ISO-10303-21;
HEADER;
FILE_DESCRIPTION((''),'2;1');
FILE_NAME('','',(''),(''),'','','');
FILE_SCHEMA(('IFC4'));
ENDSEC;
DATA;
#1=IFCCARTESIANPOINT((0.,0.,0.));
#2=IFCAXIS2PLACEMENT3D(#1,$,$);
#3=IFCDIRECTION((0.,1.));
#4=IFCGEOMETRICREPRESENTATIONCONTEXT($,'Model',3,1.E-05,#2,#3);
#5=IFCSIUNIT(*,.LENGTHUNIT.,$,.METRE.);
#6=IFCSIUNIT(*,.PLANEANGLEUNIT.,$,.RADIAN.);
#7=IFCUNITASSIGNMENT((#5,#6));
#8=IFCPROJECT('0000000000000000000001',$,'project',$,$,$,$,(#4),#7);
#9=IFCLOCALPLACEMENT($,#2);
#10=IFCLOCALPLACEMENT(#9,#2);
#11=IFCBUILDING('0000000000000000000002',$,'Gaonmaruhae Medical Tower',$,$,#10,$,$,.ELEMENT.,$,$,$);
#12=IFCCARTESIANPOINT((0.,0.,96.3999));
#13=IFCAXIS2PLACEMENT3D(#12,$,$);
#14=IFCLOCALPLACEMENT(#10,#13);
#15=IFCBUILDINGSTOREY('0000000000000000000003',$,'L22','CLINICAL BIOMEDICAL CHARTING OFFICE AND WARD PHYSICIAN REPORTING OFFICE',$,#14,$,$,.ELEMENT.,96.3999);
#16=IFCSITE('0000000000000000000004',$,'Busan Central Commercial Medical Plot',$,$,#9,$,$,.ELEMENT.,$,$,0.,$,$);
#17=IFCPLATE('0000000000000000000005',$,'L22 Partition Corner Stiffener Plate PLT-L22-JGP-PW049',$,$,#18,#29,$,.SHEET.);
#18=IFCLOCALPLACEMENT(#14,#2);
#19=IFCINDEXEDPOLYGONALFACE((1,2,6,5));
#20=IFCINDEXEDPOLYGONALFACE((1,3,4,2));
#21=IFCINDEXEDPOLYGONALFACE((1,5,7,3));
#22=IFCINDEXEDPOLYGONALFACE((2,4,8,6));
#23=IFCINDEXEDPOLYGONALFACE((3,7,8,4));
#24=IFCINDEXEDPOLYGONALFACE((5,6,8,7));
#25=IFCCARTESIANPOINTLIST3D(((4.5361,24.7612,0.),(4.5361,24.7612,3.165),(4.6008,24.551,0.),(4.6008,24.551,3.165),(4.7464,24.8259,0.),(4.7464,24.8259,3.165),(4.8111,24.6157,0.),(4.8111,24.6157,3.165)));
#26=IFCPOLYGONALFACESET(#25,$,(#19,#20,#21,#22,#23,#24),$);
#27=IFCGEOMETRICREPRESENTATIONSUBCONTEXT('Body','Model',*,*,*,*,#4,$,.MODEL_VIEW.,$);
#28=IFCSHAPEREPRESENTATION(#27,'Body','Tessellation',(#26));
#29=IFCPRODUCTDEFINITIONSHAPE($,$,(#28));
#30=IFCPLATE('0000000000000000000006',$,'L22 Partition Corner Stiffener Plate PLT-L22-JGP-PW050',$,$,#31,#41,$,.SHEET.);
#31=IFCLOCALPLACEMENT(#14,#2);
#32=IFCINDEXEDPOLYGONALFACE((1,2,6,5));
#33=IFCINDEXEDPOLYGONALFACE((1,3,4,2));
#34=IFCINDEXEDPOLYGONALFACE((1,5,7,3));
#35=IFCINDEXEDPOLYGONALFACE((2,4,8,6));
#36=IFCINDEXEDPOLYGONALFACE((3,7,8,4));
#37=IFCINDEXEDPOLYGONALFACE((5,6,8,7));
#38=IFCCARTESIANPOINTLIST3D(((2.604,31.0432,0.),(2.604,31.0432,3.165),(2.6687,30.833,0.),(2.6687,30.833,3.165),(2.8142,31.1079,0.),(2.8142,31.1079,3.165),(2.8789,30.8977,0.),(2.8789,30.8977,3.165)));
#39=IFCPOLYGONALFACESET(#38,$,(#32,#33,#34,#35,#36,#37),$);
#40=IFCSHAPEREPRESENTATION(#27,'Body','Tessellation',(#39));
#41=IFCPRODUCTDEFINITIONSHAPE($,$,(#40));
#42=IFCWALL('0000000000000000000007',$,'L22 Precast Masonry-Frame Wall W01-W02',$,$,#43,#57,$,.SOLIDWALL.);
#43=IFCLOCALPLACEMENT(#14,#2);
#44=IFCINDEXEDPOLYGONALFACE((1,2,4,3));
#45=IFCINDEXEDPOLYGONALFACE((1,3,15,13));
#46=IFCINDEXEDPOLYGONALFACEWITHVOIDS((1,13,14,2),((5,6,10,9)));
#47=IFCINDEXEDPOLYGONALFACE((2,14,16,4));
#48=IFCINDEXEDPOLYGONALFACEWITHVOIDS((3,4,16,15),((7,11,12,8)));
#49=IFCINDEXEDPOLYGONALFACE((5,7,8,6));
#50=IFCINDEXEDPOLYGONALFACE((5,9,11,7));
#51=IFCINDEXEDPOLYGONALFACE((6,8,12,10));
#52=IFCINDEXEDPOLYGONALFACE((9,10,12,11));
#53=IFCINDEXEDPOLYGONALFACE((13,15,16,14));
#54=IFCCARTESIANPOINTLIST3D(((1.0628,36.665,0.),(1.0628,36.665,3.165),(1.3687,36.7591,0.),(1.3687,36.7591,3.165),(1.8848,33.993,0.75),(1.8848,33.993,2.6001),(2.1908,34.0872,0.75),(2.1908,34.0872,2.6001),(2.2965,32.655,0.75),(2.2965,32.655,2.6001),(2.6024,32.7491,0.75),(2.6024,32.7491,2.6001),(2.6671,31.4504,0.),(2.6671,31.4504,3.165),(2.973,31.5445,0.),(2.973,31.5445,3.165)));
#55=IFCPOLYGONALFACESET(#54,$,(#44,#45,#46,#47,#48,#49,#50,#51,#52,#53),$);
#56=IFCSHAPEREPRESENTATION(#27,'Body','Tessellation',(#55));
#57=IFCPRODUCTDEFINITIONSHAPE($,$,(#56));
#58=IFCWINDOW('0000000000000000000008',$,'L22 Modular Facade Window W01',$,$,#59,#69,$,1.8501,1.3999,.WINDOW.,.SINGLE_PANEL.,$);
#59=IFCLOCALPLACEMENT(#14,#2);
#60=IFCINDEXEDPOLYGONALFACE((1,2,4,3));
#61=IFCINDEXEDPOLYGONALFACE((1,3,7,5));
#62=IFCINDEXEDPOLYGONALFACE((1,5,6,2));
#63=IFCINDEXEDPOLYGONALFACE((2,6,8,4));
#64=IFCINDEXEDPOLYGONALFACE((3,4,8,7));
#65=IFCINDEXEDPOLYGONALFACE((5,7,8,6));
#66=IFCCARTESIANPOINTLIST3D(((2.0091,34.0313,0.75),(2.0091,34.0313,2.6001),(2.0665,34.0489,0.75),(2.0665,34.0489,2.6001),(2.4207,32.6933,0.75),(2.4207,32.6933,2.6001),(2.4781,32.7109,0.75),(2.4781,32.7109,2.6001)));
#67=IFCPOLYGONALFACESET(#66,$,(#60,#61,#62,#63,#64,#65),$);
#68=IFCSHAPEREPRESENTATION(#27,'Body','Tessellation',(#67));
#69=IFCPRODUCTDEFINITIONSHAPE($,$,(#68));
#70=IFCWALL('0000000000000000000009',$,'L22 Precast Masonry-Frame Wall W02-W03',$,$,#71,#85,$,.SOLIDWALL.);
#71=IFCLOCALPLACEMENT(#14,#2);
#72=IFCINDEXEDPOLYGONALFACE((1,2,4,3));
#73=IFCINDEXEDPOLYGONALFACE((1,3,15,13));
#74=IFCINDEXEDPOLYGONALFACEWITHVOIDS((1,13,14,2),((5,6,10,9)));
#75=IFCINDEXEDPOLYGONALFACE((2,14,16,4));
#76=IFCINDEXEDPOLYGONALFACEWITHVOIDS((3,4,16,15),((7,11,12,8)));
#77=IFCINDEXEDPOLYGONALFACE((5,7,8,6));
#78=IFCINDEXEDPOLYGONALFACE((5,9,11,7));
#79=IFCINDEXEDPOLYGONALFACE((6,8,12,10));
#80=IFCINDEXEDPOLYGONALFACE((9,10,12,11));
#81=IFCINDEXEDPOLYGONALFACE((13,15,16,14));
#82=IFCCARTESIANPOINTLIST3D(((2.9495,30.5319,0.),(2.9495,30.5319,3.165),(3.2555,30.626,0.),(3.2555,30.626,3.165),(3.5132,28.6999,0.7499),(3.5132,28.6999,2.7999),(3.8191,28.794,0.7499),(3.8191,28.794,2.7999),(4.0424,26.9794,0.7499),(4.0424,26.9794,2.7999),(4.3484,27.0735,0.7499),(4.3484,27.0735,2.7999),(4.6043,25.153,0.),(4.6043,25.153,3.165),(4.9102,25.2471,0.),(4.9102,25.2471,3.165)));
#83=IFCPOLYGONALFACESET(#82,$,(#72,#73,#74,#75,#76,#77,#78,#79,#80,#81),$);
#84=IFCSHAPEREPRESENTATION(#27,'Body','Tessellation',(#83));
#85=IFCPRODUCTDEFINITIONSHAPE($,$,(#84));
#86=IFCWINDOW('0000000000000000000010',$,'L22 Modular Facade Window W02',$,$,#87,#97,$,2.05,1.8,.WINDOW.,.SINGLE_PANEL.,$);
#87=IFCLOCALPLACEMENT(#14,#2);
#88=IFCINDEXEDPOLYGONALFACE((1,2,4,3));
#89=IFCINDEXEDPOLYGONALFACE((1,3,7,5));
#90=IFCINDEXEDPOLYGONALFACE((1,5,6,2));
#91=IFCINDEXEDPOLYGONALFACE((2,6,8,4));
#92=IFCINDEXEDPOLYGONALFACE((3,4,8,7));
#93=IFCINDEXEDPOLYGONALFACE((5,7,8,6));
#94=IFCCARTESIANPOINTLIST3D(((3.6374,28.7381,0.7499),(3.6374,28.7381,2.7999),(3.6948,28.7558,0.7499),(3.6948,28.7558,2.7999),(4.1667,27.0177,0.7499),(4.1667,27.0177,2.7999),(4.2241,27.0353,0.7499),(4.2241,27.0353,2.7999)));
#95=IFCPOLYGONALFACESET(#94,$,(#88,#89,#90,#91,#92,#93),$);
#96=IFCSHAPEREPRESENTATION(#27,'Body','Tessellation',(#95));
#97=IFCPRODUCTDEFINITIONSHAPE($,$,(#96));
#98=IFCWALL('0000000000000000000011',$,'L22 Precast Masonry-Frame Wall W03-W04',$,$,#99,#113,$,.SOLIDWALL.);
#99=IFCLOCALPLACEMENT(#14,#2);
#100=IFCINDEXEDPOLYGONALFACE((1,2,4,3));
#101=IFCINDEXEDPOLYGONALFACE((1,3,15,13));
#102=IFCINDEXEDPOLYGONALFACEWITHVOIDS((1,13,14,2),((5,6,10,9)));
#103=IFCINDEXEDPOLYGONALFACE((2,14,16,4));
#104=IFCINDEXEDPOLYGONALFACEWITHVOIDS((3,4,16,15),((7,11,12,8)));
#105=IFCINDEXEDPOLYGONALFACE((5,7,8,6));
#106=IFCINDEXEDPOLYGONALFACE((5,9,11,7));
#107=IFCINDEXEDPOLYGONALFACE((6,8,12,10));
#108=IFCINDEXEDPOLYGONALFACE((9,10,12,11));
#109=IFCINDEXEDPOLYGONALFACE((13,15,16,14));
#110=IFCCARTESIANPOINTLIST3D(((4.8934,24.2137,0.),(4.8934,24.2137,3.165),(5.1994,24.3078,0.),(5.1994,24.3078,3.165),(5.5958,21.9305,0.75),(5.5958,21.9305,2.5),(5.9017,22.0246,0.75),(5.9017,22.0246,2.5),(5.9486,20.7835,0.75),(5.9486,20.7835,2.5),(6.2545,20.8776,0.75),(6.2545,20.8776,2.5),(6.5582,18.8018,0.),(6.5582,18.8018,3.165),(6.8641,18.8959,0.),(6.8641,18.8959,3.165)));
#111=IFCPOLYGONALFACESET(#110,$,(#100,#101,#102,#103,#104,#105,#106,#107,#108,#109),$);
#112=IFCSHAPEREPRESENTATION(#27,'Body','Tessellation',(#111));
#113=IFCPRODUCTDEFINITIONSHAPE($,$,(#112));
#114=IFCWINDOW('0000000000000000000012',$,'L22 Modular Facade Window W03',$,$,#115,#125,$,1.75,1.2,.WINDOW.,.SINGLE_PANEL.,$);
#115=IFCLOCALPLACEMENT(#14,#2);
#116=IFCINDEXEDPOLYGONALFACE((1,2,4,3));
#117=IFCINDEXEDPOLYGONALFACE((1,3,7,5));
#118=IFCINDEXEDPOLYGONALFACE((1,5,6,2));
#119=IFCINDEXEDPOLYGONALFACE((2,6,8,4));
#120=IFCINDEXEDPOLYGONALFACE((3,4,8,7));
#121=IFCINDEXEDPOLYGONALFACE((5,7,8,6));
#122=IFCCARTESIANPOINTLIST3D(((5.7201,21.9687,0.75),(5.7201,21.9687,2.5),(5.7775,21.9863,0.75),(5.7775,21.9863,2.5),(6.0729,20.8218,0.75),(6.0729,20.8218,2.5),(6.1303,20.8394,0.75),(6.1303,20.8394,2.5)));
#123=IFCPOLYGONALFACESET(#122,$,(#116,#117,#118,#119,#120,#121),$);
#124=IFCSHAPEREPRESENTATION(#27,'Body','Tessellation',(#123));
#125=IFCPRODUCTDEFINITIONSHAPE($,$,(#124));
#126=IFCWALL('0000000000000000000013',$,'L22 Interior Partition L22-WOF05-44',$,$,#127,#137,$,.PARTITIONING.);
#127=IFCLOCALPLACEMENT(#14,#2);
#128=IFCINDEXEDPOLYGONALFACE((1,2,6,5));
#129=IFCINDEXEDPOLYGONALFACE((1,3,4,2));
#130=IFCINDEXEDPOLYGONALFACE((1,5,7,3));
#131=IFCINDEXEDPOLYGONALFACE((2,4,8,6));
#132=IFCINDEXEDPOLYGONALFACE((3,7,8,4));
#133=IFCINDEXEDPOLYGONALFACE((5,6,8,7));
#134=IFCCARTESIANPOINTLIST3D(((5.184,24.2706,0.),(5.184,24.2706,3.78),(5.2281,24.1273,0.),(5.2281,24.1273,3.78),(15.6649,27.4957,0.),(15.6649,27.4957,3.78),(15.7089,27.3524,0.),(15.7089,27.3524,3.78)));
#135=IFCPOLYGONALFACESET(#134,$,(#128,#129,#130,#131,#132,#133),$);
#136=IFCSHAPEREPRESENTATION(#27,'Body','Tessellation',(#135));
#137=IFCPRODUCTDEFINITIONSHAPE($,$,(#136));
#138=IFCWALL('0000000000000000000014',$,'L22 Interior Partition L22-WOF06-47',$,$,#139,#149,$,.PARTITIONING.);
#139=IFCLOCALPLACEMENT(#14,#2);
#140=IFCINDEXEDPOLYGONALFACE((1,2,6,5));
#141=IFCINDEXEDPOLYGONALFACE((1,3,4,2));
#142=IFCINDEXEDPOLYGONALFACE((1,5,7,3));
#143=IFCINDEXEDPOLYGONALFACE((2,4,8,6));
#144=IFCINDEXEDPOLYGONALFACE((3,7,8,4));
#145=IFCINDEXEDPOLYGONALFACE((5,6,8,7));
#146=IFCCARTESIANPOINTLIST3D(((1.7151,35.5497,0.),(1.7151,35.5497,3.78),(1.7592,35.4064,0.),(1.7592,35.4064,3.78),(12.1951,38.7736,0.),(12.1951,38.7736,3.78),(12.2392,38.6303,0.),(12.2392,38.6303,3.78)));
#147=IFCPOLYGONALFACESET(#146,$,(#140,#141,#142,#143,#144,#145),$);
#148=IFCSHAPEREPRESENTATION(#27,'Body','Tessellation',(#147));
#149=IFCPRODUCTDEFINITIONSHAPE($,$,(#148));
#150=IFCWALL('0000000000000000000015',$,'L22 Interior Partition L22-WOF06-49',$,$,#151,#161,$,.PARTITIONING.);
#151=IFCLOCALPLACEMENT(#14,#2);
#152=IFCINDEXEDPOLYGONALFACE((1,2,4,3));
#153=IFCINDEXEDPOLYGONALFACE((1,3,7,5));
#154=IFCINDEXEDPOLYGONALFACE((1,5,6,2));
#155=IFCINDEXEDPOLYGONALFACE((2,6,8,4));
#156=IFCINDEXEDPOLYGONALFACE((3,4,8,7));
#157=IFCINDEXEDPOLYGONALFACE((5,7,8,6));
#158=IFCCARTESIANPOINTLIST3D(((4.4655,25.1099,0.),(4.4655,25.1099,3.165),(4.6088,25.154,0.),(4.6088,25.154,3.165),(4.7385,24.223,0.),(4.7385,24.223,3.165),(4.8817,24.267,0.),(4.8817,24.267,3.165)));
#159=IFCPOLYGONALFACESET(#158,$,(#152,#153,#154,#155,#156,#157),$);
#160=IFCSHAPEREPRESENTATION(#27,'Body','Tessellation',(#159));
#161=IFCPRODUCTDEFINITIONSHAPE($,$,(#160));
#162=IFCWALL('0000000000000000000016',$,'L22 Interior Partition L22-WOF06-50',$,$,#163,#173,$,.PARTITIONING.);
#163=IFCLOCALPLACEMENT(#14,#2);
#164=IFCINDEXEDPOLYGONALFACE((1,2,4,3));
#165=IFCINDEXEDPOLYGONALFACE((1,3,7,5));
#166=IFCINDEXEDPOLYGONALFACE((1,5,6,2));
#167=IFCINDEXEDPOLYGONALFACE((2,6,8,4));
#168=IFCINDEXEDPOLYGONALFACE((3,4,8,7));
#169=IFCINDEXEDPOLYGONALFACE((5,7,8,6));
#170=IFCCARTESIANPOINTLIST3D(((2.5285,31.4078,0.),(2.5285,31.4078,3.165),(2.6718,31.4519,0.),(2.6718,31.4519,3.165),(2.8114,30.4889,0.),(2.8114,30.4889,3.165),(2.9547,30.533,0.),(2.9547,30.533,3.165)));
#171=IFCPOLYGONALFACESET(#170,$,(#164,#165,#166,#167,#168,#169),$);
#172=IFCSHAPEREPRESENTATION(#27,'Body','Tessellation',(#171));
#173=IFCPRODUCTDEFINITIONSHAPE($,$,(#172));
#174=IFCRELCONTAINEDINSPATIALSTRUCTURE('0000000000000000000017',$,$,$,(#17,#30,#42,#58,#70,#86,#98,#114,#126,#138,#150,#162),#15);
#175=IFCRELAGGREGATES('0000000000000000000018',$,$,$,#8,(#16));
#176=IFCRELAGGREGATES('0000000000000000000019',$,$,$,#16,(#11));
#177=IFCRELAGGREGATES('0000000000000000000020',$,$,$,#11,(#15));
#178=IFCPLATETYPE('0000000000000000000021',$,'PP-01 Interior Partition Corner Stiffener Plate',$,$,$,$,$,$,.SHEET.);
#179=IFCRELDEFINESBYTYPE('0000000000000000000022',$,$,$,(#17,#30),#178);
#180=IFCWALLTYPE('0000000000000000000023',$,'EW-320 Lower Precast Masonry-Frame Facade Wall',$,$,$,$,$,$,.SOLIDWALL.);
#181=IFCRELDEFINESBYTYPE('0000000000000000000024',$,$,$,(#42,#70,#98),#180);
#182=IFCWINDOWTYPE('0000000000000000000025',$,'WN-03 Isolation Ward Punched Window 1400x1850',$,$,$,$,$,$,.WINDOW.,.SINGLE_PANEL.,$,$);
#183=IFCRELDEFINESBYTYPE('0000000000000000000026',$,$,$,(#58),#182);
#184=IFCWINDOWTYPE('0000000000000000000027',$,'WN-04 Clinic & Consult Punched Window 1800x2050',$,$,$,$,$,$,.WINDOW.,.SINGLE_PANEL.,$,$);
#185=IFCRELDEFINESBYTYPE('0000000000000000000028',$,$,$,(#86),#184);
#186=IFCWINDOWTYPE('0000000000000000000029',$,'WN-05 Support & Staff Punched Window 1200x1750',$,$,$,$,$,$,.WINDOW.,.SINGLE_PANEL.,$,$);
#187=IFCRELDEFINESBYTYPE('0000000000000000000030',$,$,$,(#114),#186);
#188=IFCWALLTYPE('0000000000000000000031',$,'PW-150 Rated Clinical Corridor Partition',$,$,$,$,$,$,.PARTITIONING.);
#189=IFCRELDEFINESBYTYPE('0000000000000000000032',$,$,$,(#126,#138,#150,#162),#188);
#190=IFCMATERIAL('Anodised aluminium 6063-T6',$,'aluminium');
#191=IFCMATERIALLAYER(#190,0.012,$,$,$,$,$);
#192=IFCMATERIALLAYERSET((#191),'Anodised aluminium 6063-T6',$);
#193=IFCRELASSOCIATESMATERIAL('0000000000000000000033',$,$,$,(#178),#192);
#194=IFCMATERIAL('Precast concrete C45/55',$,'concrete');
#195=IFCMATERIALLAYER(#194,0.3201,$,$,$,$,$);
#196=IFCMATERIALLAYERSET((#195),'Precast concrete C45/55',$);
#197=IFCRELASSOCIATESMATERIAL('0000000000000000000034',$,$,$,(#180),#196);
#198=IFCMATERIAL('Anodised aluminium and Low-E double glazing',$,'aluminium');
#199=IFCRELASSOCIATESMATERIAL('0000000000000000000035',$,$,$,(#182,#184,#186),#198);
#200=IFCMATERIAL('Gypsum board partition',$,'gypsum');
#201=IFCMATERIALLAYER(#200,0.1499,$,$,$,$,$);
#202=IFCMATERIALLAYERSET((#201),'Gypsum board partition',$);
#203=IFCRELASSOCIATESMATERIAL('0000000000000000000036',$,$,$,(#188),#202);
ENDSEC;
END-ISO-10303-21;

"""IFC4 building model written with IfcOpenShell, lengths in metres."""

from ifc_helpers import new_model, si_unit, direction, frame, frame_2d, origin, origin_2d, place, context, subcontext, project, spatial, rectangle, extrude, material, layer, layer_set, type_object, element, fill, save


model = new_model("IFC4")

# Units and contexts
model_context = context("Model", 3, precision=1e-05, world=origin(), true_north=direction((0.0, 1.0)))
body_context = subcontext(model_context, "Body", "Model", "MODEL_VIEW")
ifc_project = project(units=[si_unit("LENGTHUNIT", "METRE"), si_unit("PLANEANGLEUNIT", "RADIAN")], contexts=[model_context])

# Site, building, storey
site_placement = place(None, origin())
site = spatial("IfcSite", under=ifc_project, at=site_placement, Name="Busan Central Commercial Medical Plot", CompositionType="ELEMENT", RefElevation=0.0)
building_placement = place(site_placement, origin())
building = spatial("IfcBuilding", under=site, at=building_placement, Name="Gaonmaruhae Medical Tower", CompositionType="ELEMENT")
storey_placement = place(building_placement, frame((0.0, 0.0, 96.3999)))
storey = spatial("IfcBuildingStorey", under=building, at=storey_placement, Name="L22", Description="CLINICAL BIOMEDICAL CHARTING OFFICE AND WARD PHYSICIAN REPORTING OFFICE", CompositionType="ELEMENT", Elevation=96.3999)

# Plates
ifc_material_1 = material(Name="Anodised aluminium 6063-T6", Category="aluminium")
ifc_layer_1 = layer(ifc_material_1, 0.012)
ifc_layer_set_1 = layer_set([ifc_layer_1], Name="Anodised aluminium 6063-T6")
plate_type = type_object("IfcPlateType", Name="PP-01 Interior Partition Corner Stiffener Plate", PredefinedType="SHEET", material=ifc_layer_set_1)
for number, where, z_axis, x_axis, name in (
    (1, (4.6736, 24.6885, 0.0), (0.0, 0.0, 1.0), (-0.294157, 0.955757, 0.0), "L22 Partition Corner Stiffener Plate PLT-L22-JGP-PW049"),
    (2, (2.7415, 30.9705, 0.0), (0.0, 0.0, 1.0), (-0.294307, 0.955711, 0.0), "L22 Partition Corner Stiffener Plate PLT-L22-JGP-PW050"),
):
    element("IfcPlate", number, at=place(storey_placement, frame(where, z_axis=z_axis, x_axis=x_axis)), inside=storey, type_object=plate_type, Name=name, PredefinedType="SHEET", context=body_context, shape_type="SweptSolid", body=[
        extrude(rectangle(XDim=0.22, YDim=0.22, at=origin_2d()), origin(), (0.0, 0.0, 1.0), 3.165),
    ])

# Walls, openings, windows
ifc_material_2 = material(Name="Precast concrete C45/55", Category="concrete")
ifc_layer_2 = layer(ifc_material_2, 0.3201)
ifc_layer_set_2 = layer_set([ifc_layer_2], Name="Precast concrete C45/55")
wall_type_1 = type_object("IfcWallType", Name="EW-320 Lower Precast Masonry-Frame Facade Wall", PredefinedType="SOLIDWALL", material=ifc_layer_set_2)
wall_1_placement = place(storey_placement, frame((2.8201, 31.4973, 0.0), z_axis=(0.0, 0.0, 1.0), x_axis=(-0.294045, 0.955792, 0.0)))
wall_1 = element("IfcWall", 3, at=wall_1_placement, inside=storey, type_object=wall_type_1, Name="L22 Precast Masonry-Frame Wall W01-W02", PredefinedType="SOLIDWALL", context=body_context, shape_type="SweptSolid", body=[
    extrude(rectangle(XDim=5.4558, YDim=0.3201, at=frame_2d((2.728, 0.0))), origin(), (0.0, 0.0, 1.0), 3.165),
])
opening_1_placement = place(wall_1_placement, frame((1.2605, 0.0, 0.75)))
opening_1 = element("IfcOpeningElement", 4, at=opening_1_placement, cuts=wall_1, PredefinedType="OPENING", context=body_context, shape_type="SweptSolid", body=[
    extrude(rectangle(XDim=1.3999, YDim=1.8501, at=frame_2d((0.7, 0.925))), frame((0.0, 0.1699, 0.0), z_axis=(0.0, -1.0, 0.0), x_axis=(1.0, 0.0, 0.0)), (0.0, 0.0, 1.0), 0.3401),
])
ifc_material_3 = material(Name="Anodised aluminium and Low-E double glazing", Category="aluminium")
window_type_1 = type_object("IfcWindowType", Name="WN-03 Isolation Ward Punched Window 1400x1850", PartitioningType="SINGLE_PANEL", PredefinedType="WINDOW", material=ifc_material_3)
window_1_placement = place(opening_1_placement, origin())
window_1 = element("IfcWindow", 5, at=window_1_placement, inside=storey, type_object=window_type_1, Name="L22 Modular Facade Window W01", OverallHeight=1.8501, OverallWidth=1.3999, PartitioningType="SINGLE_PANEL", PredefinedType="WINDOW", context=body_context, shape_type="SweptSolid", body=[
    extrude(rectangle(XDim=1.3999, YDim=1.8501, at=frame_2d((0.7, 0.925))), frame((0.0, 0.03, 0.0), z_axis=(0.0, -1.0, 0.0), x_axis=(1.0, 0.0, 0.0)), (0.0, 0.0, 1.0), 0.0601),
])
fill(opening_1, window_1)
wall_2_placement = place(storey_placement, frame((4.7573, 25.2, 0.0), z_axis=(0.0, 0.0, 1.0), x_axis=(-0.294043, 0.955792, 0.0)))
wall_2 = element("IfcWall", 6, at=wall_2_placement, inside=storey, type_object=wall_type_1, Name="L22 Precast Masonry-Frame Wall W02-W03", PredefinedType="SOLIDWALL", context=body_context, shape_type="SweptSolid", body=[
    extrude(rectangle(XDim=5.6277, YDim=0.3201, at=frame_2d((2.814, 0.0))), origin(), (0.0, 0.0, 1.0), 3.165),
])
opening_2_placement = place(wall_2_placement, frame((1.9111, 0.0, 0.75)))
opening_2 = element("IfcOpeningElement", 7, at=opening_2_placement, cuts=wall_2, PredefinedType="OPENING", context=body_context, shape_type="SweptSolid", body=[
    extrude(rectangle(XDim=1.8, YDim=2.05, at=frame_2d((0.8999, 1.0249))), frame((0.0, 0.1699, 0.0), z_axis=(0.0, -1.0, 0.0), x_axis=(1.0, 0.0, 0.0)), (0.0, 0.0, 1.0), 0.3401),
])
window_type_2 = type_object("IfcWindowType", Name="WN-04 Clinic & Consult Punched Window 1800x2050", PartitioningType="SINGLE_PANEL", PredefinedType="WINDOW", material=ifc_material_3)
window_2_placement = place(opening_2_placement, origin())
window_2 = element("IfcWindow", 8, at=window_2_placement, inside=storey, type_object=window_type_2, Name="L22 Modular Facade Window W02", OverallHeight=2.05, OverallWidth=1.8, PartitioningType="SINGLE_PANEL", PredefinedType="WINDOW", context=body_context, shape_type="SweptSolid", body=[
    extrude(rectangle(XDim=1.8, YDim=2.05, at=frame_2d((0.8999, 1.0249))), frame((0.0, 0.03, 0.0), z_axis=(0.0, -1.0, 0.0), x_axis=(1.0, 0.0, 0.0)), (0.0, 0.0, 1.0), 0.0601),
])
fill(opening_2, window_2)
wall_3_placement = place(storey_placement, frame((6.7112, 18.8489, 0.0), z_axis=(0.0, 0.0, 1.0), x_axis=(-0.294022, 0.955799, 0.0)))
wall_3 = element("IfcWall", 9, at=wall_3_placement, inside=storey, type_object=wall_type_1, Name="L22 Precast Masonry-Frame Wall W03-W04", PredefinedType="SOLIDWALL", context=body_context, shape_type="SweptSolid", body=[
    extrude(rectangle(XDim=5.6621, YDim=0.3201, at=frame_2d((2.8311, 0.0))), origin(), (0.0, 0.0, 1.0), 3.165),
])
opening_3_placement = place(wall_3_placement, frame((2.0732, 0.0, 0.75)))
opening_3 = element("IfcOpeningElement", 10, at=opening_3_placement, cuts=wall_3, PredefinedType="OPENING", context=body_context, shape_type="SweptSolid", body=[
    extrude(rectangle(XDim=1.2, YDim=1.75, at=frame_2d((0.6001, 0.875))), frame((0.0, 0.1699, 0.0), z_axis=(0.0, -1.0, 0.0), x_axis=(1.0, 0.0, 0.0)), (0.0, 0.0, 1.0), 0.3401),
])
window_type_3 = type_object("IfcWindowType", Name="WN-05 Support & Staff Punched Window 1200x1750", PartitioningType="SINGLE_PANEL", PredefinedType="WINDOW", material=ifc_material_3)
window_3_placement = place(opening_3_placement, origin())
window_3 = element("IfcWindow", 11, at=window_3_placement, inside=storey, type_object=window_type_3, Name="L22 Modular Facade Window W03", OverallHeight=1.75, OverallWidth=1.2, PartitioningType="SINGLE_PANEL", PredefinedType="WINDOW", context=body_context, shape_type="SweptSolid", body=[
    extrude(rectangle(XDim=1.2, YDim=1.75, at=frame_2d((0.6001, 0.875))), frame((0.0, 0.03, 0.0), z_axis=(0.0, -1.0, 0.0), x_axis=(1.0, 0.0, 0.0)), (0.0, 0.0, 1.0), 0.0601),
])
fill(opening_3, window_3)

# Walls
ifc_material_4 = material(Name="Gypsum board partition", Category="gypsum")
ifc_layer_3 = layer(ifc_material_4, 0.1499)
ifc_layer_set_3 = layer_set([ifc_layer_3], Name="Gypsum board partition")
wall_type_2 = type_object("IfcWallType", Name="PW-150 Rated Clinical Corridor Partition", PredefinedType="PARTITIONING", material=ifc_layer_set_3)
wall_4_placement = place(storey_placement, frame((5.2061, 24.199, 0.0), z_axis=(0.0, 0.0, 1.0), x_axis=(0.955774, 0.294101, 0.0)))
element("IfcWall", 12, at=wall_4_placement, inside=storey, type_object=wall_type_2, Name="L22 Interior Partition L22-WOF05-44", PredefinedType="PARTITIONING", context=body_context, shape_type="SweptSolid", body=[
    extrude(rectangle(XDim=10.9658, YDim=0.1499, at=frame_2d((5.4829, 0.0))), origin(), (0.0, 0.0, 1.0), 3.78),
])
wall_5_placement = place(storey_placement, frame((1.7371, 35.478, 0.0), z_axis=(0.0, 0.0, 1.0), x_axis=(0.955798, 0.294025, 0.0)))
element("IfcWall", 13, at=wall_5_placement, inside=storey, type_object=wall_type_2, Name="L22 Interior Partition L22-WOF06-47", PredefinedType="PARTITIONING", context=body_context, shape_type="SweptSolid", body=[
    extrude(rectangle(XDim=10.9646, YDim=0.1499, at=frame_2d((5.4824, 0.0))), origin(), (0.0, 0.0, 1.0), 3.78),
])
wall_6_placement = place(storey_placement, frame((4.8101, 24.2451, 0.0), z_axis=(0.0, 0.0, 1.0), x_axis=(-0.294123, 0.955768, 0.0)))
element("IfcWall", 14, at=wall_6_placement, inside=storey, type_object=wall_type_2, Name="L22 Interior Partition L22-WOF06-49", PredefinedType="PARTITIONING", context=body_context, shape_type="SweptSolid", body=[
    extrude(rectangle(XDim=0.928, YDim=0.1499, at=frame_2d((0.4639, 0.0))), origin(), (0.0, 0.0, 1.0), 3.165),
])
wall_7_placement = place(storey_placement, frame((2.8831, 30.511, 0.0), z_axis=(0.0, 0.0, 1.0), x_axis=(-0.294282, 0.955719, 0.0)))
element("IfcWall", 15, at=wall_7_placement, inside=storey, type_object=wall_type_2, Name="L22 Interior Partition L22-WOF06-50", PredefinedType="PARTITIONING", context=body_context, shape_type="SweptSolid", body=[
    extrude(rectangle(XDim=0.9614, YDim=0.1499, at=frame_2d((0.4807, 0.0))), origin(), (0.0, 0.0, 1.0), 3.165),
])

save(model, "model.ifc")
